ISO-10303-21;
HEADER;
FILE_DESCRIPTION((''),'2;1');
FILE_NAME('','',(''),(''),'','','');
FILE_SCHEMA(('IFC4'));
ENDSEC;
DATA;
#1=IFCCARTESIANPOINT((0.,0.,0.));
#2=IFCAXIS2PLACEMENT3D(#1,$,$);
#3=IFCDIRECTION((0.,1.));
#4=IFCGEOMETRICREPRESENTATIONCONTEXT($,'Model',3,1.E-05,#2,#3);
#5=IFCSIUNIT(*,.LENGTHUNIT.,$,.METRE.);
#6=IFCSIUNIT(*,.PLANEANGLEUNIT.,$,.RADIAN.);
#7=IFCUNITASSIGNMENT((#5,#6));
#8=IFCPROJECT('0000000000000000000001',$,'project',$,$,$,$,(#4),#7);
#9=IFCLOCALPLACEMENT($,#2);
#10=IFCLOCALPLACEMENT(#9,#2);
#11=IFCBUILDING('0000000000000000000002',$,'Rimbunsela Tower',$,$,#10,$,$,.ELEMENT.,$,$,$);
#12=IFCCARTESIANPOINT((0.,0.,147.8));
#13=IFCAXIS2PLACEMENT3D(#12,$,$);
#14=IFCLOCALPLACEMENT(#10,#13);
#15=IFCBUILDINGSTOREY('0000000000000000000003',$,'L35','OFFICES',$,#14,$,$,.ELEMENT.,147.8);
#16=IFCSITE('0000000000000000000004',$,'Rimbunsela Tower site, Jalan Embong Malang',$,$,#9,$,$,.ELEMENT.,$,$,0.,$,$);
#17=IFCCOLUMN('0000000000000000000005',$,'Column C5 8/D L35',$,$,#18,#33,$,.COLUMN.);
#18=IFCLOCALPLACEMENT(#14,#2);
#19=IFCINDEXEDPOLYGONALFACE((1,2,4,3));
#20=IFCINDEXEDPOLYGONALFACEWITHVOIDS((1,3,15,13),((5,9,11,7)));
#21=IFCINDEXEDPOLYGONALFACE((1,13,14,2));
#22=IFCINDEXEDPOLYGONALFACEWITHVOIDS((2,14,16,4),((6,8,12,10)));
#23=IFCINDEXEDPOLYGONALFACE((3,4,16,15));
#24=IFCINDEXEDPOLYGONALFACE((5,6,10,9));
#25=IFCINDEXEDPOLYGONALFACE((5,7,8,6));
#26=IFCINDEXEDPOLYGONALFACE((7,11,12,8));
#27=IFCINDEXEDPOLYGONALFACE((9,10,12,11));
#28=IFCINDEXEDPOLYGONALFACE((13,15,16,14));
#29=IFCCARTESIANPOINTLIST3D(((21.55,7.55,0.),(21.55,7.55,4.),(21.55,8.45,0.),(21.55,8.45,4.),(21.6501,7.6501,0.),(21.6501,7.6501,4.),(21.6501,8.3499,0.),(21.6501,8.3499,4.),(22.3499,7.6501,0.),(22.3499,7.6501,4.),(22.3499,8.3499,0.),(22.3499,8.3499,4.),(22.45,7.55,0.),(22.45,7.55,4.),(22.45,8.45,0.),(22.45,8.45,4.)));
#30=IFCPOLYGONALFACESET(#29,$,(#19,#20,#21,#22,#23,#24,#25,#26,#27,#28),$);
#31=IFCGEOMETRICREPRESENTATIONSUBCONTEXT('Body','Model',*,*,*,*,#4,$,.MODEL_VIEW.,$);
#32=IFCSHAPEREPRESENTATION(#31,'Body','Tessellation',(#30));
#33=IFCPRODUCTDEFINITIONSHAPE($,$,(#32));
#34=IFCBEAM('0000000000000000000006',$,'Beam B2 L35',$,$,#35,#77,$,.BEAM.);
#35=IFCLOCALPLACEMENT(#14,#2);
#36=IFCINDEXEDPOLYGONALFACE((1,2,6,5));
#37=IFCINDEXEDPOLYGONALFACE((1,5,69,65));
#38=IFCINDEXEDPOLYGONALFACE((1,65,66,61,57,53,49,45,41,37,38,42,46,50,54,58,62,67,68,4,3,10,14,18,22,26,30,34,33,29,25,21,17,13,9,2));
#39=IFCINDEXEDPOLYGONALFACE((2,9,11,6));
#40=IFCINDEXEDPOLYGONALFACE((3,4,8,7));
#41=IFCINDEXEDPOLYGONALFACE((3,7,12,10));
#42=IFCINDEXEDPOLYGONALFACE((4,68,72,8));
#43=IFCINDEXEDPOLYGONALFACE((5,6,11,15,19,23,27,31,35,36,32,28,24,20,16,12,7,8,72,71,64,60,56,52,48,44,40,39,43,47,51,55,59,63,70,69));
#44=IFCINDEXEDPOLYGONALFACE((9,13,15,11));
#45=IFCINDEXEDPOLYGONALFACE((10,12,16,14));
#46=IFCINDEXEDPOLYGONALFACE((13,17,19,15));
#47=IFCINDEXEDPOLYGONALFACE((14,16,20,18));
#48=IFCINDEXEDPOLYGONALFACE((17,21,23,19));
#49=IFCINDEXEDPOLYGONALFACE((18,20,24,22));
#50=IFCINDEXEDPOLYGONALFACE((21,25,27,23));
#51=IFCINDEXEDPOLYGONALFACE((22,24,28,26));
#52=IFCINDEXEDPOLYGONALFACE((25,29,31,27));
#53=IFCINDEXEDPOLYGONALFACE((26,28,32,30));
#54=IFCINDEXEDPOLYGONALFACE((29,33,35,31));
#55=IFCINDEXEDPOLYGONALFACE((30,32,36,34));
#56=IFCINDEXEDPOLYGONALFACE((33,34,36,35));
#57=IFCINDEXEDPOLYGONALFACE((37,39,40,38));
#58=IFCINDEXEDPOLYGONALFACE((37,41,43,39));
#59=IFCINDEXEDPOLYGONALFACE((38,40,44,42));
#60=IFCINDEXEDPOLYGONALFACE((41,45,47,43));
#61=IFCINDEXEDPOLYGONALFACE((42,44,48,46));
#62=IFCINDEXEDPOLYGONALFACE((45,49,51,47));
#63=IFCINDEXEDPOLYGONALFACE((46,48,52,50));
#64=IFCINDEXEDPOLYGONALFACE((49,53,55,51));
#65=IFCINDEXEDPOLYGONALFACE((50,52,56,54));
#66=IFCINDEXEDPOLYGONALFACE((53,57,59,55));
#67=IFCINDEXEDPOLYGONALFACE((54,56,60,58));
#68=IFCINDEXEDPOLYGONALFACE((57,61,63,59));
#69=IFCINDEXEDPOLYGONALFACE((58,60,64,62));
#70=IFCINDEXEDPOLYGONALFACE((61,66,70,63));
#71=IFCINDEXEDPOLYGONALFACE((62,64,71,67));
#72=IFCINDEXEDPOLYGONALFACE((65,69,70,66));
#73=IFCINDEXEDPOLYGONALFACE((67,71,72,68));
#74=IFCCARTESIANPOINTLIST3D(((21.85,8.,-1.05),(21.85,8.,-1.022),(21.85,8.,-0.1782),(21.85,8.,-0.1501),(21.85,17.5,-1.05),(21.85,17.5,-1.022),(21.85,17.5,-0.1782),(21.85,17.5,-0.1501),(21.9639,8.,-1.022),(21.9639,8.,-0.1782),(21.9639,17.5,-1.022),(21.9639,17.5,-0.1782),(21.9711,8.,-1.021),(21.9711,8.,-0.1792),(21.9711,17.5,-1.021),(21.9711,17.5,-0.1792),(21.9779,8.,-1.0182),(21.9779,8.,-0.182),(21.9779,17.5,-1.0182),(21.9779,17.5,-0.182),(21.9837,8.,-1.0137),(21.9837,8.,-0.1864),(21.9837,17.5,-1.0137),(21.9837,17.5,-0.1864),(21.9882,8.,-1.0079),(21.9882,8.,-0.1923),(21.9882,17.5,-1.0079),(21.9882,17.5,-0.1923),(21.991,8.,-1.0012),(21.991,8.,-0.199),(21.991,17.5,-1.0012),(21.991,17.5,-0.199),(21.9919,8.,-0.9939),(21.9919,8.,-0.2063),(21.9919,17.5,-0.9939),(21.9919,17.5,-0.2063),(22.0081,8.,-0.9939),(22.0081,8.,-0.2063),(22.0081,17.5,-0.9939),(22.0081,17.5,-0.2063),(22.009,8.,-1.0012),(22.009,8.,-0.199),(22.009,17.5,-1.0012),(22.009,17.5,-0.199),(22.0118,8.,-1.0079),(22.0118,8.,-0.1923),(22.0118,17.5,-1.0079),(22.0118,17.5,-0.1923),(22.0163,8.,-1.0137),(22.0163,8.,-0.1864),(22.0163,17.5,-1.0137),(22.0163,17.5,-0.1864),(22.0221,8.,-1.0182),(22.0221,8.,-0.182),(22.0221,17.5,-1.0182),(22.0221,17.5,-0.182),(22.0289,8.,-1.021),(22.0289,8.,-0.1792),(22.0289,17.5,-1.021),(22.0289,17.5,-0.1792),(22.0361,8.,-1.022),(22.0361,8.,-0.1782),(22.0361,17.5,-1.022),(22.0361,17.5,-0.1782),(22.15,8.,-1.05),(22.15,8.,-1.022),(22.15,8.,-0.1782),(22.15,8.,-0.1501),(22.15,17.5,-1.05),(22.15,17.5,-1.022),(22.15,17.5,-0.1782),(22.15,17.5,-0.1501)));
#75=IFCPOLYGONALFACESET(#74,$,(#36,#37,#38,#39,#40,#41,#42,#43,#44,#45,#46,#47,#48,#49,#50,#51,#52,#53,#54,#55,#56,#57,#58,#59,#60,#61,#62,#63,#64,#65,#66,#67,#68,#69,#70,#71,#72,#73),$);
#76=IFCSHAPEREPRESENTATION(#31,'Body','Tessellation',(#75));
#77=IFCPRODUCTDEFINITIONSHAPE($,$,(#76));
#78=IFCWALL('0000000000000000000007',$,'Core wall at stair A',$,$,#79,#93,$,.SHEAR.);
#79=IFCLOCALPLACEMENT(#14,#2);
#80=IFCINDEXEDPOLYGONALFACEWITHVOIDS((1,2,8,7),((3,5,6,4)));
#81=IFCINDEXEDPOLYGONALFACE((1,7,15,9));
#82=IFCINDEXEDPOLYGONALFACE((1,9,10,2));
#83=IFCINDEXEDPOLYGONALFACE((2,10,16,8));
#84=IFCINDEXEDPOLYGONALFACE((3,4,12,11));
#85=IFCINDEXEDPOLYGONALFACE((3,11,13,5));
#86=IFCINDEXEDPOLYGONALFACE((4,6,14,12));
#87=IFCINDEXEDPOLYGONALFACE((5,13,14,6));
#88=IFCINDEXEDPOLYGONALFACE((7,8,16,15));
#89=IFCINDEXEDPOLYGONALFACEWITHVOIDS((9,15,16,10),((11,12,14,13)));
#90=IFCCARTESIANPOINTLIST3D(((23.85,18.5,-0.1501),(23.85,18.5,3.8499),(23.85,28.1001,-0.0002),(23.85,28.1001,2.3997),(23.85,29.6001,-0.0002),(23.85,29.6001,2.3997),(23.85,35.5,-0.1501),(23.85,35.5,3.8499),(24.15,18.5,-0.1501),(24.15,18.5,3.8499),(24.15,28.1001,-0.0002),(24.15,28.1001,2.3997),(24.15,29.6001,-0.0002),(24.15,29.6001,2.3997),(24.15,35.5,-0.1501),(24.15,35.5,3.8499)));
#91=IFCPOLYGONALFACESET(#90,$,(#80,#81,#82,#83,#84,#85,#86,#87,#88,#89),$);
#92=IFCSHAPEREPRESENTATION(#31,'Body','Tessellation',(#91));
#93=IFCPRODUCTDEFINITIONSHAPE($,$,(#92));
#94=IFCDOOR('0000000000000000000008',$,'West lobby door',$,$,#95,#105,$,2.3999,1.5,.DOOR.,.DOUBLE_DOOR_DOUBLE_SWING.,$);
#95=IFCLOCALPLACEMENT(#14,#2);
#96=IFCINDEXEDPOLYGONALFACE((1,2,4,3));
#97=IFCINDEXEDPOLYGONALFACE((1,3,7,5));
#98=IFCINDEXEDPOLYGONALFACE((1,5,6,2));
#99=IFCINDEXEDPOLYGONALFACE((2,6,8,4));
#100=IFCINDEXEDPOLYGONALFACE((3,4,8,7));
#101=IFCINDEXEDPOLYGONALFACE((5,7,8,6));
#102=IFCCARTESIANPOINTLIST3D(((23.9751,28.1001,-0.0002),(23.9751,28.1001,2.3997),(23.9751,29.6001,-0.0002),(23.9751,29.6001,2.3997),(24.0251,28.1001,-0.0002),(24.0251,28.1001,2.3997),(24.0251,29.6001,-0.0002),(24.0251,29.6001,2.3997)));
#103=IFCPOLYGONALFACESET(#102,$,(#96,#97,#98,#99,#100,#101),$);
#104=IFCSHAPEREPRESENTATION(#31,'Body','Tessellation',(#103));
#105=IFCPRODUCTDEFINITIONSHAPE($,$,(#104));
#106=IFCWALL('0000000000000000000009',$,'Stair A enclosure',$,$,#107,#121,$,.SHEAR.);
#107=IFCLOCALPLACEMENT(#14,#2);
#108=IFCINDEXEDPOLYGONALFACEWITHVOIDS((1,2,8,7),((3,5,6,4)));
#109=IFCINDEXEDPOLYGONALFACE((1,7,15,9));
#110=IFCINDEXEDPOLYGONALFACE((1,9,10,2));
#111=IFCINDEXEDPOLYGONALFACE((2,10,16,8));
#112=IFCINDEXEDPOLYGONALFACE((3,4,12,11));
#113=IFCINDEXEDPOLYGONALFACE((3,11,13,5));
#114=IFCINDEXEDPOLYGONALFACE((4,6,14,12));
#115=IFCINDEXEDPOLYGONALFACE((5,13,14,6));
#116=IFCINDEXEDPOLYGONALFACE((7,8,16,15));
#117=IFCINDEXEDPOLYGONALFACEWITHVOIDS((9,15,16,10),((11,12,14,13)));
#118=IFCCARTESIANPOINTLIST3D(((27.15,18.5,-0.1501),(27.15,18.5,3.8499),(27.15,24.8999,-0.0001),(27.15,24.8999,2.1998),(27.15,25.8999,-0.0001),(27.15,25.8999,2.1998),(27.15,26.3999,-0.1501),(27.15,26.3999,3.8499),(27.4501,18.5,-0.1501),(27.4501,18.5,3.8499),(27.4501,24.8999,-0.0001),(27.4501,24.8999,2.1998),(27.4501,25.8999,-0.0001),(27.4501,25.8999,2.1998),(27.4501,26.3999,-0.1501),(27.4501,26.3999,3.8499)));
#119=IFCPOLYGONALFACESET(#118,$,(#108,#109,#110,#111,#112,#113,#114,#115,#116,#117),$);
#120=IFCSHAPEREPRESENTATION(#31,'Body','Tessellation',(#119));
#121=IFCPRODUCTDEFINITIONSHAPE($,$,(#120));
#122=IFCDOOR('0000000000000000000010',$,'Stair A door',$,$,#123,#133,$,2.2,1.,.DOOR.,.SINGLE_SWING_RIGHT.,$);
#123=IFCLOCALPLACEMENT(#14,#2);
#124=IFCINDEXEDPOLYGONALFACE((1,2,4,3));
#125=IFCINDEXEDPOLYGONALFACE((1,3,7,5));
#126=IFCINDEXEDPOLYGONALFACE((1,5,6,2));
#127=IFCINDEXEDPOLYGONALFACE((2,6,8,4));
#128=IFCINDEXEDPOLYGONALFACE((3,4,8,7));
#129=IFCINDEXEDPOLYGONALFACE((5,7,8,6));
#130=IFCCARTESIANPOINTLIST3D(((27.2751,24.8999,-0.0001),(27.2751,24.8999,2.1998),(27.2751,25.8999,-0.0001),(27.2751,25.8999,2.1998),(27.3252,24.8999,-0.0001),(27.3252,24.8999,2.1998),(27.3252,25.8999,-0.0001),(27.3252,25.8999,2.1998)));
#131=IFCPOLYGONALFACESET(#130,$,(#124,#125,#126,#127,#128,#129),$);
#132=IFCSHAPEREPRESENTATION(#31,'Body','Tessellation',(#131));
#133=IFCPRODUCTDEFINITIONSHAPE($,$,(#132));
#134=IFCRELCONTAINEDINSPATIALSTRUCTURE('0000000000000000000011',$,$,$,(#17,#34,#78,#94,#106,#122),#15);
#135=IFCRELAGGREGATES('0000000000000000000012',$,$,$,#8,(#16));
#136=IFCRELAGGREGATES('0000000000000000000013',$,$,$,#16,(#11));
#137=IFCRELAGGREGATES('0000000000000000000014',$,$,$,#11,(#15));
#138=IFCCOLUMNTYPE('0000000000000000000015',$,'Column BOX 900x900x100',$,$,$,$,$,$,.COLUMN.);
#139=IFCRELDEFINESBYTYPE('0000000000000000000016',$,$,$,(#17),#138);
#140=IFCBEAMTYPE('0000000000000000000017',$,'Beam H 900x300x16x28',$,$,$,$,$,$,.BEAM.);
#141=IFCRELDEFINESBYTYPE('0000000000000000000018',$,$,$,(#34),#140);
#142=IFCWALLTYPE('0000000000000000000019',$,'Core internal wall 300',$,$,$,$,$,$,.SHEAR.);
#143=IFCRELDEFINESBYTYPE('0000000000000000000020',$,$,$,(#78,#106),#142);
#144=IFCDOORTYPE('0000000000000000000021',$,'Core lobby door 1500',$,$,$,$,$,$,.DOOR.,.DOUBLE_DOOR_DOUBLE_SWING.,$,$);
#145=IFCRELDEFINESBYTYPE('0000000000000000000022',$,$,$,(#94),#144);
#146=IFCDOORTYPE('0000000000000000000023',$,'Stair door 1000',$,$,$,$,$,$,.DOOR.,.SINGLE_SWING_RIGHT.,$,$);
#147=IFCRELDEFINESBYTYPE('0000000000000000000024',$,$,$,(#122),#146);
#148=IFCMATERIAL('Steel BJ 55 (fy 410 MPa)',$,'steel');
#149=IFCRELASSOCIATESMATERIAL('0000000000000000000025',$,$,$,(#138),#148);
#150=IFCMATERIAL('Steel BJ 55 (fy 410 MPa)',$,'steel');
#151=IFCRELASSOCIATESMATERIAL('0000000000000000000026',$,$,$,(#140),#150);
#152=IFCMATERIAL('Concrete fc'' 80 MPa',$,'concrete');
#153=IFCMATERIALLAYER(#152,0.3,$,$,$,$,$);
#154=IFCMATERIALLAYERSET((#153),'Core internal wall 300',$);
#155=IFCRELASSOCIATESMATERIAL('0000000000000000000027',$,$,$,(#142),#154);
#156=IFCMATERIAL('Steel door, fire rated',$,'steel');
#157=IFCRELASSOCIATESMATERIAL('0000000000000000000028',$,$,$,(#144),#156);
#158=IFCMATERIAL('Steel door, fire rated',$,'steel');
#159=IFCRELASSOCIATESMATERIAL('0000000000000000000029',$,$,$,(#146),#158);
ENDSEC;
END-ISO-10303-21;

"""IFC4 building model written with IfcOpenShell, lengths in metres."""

from ifc_helpers import new_model, si_unit, direction, frame, frame_2d, origin, origin_2d, place, context, subcontext, project, spatial, rectangle, hollow_rectangle, i_section, extrude, material, layer, layer_set, material_profile, profile_set, type_object, element, fill, save


model = new_model("IFC4")

# Units and contexts
model_context = context("Model", 3, precision=1e-05, world=origin(), true_north=direction((0.0, 1.0)))
body_context = subcontext(model_context, "Body", "Model", "MODEL_VIEW")
ifc_project = project(units=[si_unit("LENGTHUNIT", "METRE"), si_unit("PLANEANGLEUNIT", "RADIAN")], contexts=[model_context])

# Site, building, storey
site_placement = place(None, origin())
site = spatial("IfcSite", under=ifc_project, at=site_placement, Name="Rimbunsela Tower site, Jalan Embong Malang", CompositionType="ELEMENT", RefElevation=0.0)
building_placement = place(site_placement, origin())
building = spatial("IfcBuilding", under=site, at=building_placement, Name="Rimbunsela Tower", CompositionType="ELEMENT")
storey_placement = place(building_placement, frame((0.0, 0.0, 147.8)))
storey = spatial("IfcBuildingStorey", under=building, at=storey_placement, Name="L35", Description="OFFICES", CompositionType="ELEMENT", Elevation=147.8)

# Column
ifc_material_1 = material(Name="Steel BJ 55 (fy 410 MPa)", Category="steel")
ifc_material_profile_1 = material_profile(ifc_material_1, hollow_rectangle(XDim=0.8999, YDim=0.8999, WallThickness=0.1001, at=origin_2d()), Name="BOX 900x900x100")
ifc_profile_set_1 = profile_set([ifc_material_profile_1], Name="Steel BJ 55 (fy 410 MPa)")
column_type = type_object("IfcColumnType", Name="Column BOX 900x900x100", PredefinedType="COLUMN", material=ifc_profile_set_1)
column_placement = place(storey_placement, frame((22.0, 8.0, 0.0), z_axis=(0.0, 0.0, 1.0), x_axis=(1.0, 0.0, 0.0)))
element("IfcColumn", 1, at=column_placement, inside=storey, type_object=column_type, Name="Column C5 8/D L35", PredefinedType="COLUMN", context=body_context, shape_type="SweptSolid", body=[
    extrude(hollow_rectangle(XDim=0.8999, YDim=0.8999, WallThickness=0.1001, at=origin_2d()), origin(), (0.0, 0.0, 1.0), 4.0),
])

# Beam
ifc_material_2 = material(Name="Steel BJ 55 (fy 410 MPa)", Category="steel")
ifc_material_profile_2 = material_profile(ifc_material_2, i_section(OverallWidth=0.3, OverallDepth=0.8999, WebThickness=0.0161, FlangeThickness=0.0281, FilletRadius=0.0281, at=origin_2d()), Name="H 900x300x16x28")
ifc_profile_set_2 = profile_set([ifc_material_profile_2], Name="Steel BJ 55 (fy 410 MPa)")
beam_type = type_object("IfcBeamType", Name="Beam H 900x300x16x28", PredefinedType="BEAM", material=ifc_profile_set_2)
beam_placement = place(storey_placement, frame((22.0, 8.0, -0.6001), z_axis=(0.0, 1.0, 0.0), x_axis=(-1.0, 0.0, 0.0)))
element("IfcBeam", 2, at=beam_placement, inside=storey, type_object=beam_type, Name="Beam B2 L35", PredefinedType="BEAM", context=body_context, shape_type="SweptSolid", body=[
    extrude(i_section(OverallWidth=0.3, OverallDepth=0.8999, WebThickness=0.0161, FlangeThickness=0.0281, FilletRadius=0.0281, at=origin_2d()), origin(), (0.0, 0.0, 1.0), 9.5),
])

# Walls, openings, doors
ifc_material_3 = material(Name="Concrete fc' 80 MPa", Category="concrete")
ifc_layer_1 = layer(ifc_material_3, 0.3)
ifc_layer_set_1 = layer_set([ifc_layer_1], Name="Core internal wall 300")
wall_type_1 = type_object("IfcWallType", Name="Core internal wall 300", PredefinedType="SHEAR", material=ifc_layer_set_1)
wall_1_placement = place(storey_placement, frame((24.0, 18.5, -0.1501), z_axis=(0.0, 0.0, 1.0), x_axis=(0.0, 1.0, 0.0)))
wall_1 = element("IfcWall", 3, at=wall_1_placement, inside=storey, type_object=wall_type_1, Name="Core wall at stair A", PredefinedType="SHEAR", context=body_context, shape_type="SweptSolid", body=[
    extrude(rectangle(XDim=17.0, YDim=0.3, at=frame_2d((8.5, 0.0))), origin(), (0.0, 0.0, 1.0), 4.0),
])
opening_1_placement = place(wall_1_placement, frame((9.6001, 0.0, 0.1499)))
opening_1 = element("IfcOpeningElement", 4, at=opening_1_placement, cuts=wall_1, PredefinedType="OPENING", context=body_context, shape_type="SweptSolid", body=[
    extrude(rectangle(XDim=1.5, YDim=2.3999, at=frame_2d((0.75, 1.2))), frame((0.0, 0.1599, 0.0), z_axis=(0.0, -1.0, 0.0), x_axis=(1.0, 0.0, 0.0)), (0.0, 0.0, 1.0), 0.3201),
])
ifc_material_4 = material(Name="Steel door, fire rated", Category="steel")
door_type_1 = type_object("IfcDoorType", Name="Core lobby door 1500", OperationType="DOUBLE_DOOR_DOUBLE_SWING", PredefinedType="DOOR", material=ifc_material_4)
door_1_placement = place(opening_1_placement, origin())
door_1 = element("IfcDoor", 5, at=door_1_placement, inside=storey, type_object=door_type_1, Name="West lobby door", OperationType="DOUBLE_DOOR_DOUBLE_SWING", OverallHeight=2.3999, OverallWidth=1.5, PredefinedType="DOOR", context=body_context, shape_type="SweptSolid", body=[
    extrude(rectangle(XDim=1.5, YDim=2.3999, at=frame_2d((0.75, 1.2))), frame((0.0, 0.0249, 0.0), z_axis=(0.0, -1.0, 0.0), x_axis=(1.0, 0.0, 0.0)), (0.0, 0.0, 1.0), 0.05),
])
fill(opening_1, door_1)
wall_2_placement = place(storey_placement, frame((27.3, 18.5, -0.1501), z_axis=(0.0, 0.0, 1.0), x_axis=(0.0, 1.0, 0.0)))
wall_2 = element("IfcWall", 6, at=wall_2_placement, inside=storey, type_object=wall_type_1, Name="Stair A enclosure", PredefinedType="SHEAR", context=body_context, shape_type="SweptSolid", body=[
    extrude(rectangle(XDim=7.8999, YDim=0.3, at=frame_2d((3.95, 0.0))), origin(), (0.0, 0.0, 1.0), 4.0),
])
opening_2_placement = place(wall_2_placement, frame((6.3999, 0.0, 0.1499)))
opening_2 = element("IfcOpeningElement", 7, at=opening_2_placement, cuts=wall_2, PredefinedType="OPENING", context=body_context, shape_type="SweptSolid", body=[
    extrude(rectangle(XDim=1.0, YDim=2.2, at=frame_2d((0.5, 1.1001))), frame((0.0, 0.1599, 0.0), z_axis=(0.0, -1.0, 0.0), x_axis=(1.0, 0.0, 0.0)), (0.0, 0.0, 1.0), 0.3201),
])
ifc_material_5 = material(Name="Steel door, fire rated", Category="steel")
door_type_2 = type_object("IfcDoorType", Name="Stair door 1000", OperationType="SINGLE_SWING_RIGHT", PredefinedType="DOOR", material=ifc_material_5)
door_2_placement = place(opening_2_placement, origin())
door_2 = element("IfcDoor", 8, at=door_2_placement, inside=storey, type_object=door_type_2, Name="Stair A door", OperationType="SINGLE_SWING_RIGHT", OverallHeight=2.2, OverallWidth=1.0, PredefinedType="DOOR", context=body_context, shape_type="SweptSolid", body=[
    extrude(rectangle(XDim=1.0, YDim=2.2, at=frame_2d((0.5, 1.1001))), frame((0.0, 0.0249, 0.0), z_axis=(0.0, -1.0, 0.0), x_axis=(1.0, 0.0, 0.0)), (0.0, 0.0, 1.0), 0.05),
])
fill(opening_2, door_2)

save(model, "model.ifc")
